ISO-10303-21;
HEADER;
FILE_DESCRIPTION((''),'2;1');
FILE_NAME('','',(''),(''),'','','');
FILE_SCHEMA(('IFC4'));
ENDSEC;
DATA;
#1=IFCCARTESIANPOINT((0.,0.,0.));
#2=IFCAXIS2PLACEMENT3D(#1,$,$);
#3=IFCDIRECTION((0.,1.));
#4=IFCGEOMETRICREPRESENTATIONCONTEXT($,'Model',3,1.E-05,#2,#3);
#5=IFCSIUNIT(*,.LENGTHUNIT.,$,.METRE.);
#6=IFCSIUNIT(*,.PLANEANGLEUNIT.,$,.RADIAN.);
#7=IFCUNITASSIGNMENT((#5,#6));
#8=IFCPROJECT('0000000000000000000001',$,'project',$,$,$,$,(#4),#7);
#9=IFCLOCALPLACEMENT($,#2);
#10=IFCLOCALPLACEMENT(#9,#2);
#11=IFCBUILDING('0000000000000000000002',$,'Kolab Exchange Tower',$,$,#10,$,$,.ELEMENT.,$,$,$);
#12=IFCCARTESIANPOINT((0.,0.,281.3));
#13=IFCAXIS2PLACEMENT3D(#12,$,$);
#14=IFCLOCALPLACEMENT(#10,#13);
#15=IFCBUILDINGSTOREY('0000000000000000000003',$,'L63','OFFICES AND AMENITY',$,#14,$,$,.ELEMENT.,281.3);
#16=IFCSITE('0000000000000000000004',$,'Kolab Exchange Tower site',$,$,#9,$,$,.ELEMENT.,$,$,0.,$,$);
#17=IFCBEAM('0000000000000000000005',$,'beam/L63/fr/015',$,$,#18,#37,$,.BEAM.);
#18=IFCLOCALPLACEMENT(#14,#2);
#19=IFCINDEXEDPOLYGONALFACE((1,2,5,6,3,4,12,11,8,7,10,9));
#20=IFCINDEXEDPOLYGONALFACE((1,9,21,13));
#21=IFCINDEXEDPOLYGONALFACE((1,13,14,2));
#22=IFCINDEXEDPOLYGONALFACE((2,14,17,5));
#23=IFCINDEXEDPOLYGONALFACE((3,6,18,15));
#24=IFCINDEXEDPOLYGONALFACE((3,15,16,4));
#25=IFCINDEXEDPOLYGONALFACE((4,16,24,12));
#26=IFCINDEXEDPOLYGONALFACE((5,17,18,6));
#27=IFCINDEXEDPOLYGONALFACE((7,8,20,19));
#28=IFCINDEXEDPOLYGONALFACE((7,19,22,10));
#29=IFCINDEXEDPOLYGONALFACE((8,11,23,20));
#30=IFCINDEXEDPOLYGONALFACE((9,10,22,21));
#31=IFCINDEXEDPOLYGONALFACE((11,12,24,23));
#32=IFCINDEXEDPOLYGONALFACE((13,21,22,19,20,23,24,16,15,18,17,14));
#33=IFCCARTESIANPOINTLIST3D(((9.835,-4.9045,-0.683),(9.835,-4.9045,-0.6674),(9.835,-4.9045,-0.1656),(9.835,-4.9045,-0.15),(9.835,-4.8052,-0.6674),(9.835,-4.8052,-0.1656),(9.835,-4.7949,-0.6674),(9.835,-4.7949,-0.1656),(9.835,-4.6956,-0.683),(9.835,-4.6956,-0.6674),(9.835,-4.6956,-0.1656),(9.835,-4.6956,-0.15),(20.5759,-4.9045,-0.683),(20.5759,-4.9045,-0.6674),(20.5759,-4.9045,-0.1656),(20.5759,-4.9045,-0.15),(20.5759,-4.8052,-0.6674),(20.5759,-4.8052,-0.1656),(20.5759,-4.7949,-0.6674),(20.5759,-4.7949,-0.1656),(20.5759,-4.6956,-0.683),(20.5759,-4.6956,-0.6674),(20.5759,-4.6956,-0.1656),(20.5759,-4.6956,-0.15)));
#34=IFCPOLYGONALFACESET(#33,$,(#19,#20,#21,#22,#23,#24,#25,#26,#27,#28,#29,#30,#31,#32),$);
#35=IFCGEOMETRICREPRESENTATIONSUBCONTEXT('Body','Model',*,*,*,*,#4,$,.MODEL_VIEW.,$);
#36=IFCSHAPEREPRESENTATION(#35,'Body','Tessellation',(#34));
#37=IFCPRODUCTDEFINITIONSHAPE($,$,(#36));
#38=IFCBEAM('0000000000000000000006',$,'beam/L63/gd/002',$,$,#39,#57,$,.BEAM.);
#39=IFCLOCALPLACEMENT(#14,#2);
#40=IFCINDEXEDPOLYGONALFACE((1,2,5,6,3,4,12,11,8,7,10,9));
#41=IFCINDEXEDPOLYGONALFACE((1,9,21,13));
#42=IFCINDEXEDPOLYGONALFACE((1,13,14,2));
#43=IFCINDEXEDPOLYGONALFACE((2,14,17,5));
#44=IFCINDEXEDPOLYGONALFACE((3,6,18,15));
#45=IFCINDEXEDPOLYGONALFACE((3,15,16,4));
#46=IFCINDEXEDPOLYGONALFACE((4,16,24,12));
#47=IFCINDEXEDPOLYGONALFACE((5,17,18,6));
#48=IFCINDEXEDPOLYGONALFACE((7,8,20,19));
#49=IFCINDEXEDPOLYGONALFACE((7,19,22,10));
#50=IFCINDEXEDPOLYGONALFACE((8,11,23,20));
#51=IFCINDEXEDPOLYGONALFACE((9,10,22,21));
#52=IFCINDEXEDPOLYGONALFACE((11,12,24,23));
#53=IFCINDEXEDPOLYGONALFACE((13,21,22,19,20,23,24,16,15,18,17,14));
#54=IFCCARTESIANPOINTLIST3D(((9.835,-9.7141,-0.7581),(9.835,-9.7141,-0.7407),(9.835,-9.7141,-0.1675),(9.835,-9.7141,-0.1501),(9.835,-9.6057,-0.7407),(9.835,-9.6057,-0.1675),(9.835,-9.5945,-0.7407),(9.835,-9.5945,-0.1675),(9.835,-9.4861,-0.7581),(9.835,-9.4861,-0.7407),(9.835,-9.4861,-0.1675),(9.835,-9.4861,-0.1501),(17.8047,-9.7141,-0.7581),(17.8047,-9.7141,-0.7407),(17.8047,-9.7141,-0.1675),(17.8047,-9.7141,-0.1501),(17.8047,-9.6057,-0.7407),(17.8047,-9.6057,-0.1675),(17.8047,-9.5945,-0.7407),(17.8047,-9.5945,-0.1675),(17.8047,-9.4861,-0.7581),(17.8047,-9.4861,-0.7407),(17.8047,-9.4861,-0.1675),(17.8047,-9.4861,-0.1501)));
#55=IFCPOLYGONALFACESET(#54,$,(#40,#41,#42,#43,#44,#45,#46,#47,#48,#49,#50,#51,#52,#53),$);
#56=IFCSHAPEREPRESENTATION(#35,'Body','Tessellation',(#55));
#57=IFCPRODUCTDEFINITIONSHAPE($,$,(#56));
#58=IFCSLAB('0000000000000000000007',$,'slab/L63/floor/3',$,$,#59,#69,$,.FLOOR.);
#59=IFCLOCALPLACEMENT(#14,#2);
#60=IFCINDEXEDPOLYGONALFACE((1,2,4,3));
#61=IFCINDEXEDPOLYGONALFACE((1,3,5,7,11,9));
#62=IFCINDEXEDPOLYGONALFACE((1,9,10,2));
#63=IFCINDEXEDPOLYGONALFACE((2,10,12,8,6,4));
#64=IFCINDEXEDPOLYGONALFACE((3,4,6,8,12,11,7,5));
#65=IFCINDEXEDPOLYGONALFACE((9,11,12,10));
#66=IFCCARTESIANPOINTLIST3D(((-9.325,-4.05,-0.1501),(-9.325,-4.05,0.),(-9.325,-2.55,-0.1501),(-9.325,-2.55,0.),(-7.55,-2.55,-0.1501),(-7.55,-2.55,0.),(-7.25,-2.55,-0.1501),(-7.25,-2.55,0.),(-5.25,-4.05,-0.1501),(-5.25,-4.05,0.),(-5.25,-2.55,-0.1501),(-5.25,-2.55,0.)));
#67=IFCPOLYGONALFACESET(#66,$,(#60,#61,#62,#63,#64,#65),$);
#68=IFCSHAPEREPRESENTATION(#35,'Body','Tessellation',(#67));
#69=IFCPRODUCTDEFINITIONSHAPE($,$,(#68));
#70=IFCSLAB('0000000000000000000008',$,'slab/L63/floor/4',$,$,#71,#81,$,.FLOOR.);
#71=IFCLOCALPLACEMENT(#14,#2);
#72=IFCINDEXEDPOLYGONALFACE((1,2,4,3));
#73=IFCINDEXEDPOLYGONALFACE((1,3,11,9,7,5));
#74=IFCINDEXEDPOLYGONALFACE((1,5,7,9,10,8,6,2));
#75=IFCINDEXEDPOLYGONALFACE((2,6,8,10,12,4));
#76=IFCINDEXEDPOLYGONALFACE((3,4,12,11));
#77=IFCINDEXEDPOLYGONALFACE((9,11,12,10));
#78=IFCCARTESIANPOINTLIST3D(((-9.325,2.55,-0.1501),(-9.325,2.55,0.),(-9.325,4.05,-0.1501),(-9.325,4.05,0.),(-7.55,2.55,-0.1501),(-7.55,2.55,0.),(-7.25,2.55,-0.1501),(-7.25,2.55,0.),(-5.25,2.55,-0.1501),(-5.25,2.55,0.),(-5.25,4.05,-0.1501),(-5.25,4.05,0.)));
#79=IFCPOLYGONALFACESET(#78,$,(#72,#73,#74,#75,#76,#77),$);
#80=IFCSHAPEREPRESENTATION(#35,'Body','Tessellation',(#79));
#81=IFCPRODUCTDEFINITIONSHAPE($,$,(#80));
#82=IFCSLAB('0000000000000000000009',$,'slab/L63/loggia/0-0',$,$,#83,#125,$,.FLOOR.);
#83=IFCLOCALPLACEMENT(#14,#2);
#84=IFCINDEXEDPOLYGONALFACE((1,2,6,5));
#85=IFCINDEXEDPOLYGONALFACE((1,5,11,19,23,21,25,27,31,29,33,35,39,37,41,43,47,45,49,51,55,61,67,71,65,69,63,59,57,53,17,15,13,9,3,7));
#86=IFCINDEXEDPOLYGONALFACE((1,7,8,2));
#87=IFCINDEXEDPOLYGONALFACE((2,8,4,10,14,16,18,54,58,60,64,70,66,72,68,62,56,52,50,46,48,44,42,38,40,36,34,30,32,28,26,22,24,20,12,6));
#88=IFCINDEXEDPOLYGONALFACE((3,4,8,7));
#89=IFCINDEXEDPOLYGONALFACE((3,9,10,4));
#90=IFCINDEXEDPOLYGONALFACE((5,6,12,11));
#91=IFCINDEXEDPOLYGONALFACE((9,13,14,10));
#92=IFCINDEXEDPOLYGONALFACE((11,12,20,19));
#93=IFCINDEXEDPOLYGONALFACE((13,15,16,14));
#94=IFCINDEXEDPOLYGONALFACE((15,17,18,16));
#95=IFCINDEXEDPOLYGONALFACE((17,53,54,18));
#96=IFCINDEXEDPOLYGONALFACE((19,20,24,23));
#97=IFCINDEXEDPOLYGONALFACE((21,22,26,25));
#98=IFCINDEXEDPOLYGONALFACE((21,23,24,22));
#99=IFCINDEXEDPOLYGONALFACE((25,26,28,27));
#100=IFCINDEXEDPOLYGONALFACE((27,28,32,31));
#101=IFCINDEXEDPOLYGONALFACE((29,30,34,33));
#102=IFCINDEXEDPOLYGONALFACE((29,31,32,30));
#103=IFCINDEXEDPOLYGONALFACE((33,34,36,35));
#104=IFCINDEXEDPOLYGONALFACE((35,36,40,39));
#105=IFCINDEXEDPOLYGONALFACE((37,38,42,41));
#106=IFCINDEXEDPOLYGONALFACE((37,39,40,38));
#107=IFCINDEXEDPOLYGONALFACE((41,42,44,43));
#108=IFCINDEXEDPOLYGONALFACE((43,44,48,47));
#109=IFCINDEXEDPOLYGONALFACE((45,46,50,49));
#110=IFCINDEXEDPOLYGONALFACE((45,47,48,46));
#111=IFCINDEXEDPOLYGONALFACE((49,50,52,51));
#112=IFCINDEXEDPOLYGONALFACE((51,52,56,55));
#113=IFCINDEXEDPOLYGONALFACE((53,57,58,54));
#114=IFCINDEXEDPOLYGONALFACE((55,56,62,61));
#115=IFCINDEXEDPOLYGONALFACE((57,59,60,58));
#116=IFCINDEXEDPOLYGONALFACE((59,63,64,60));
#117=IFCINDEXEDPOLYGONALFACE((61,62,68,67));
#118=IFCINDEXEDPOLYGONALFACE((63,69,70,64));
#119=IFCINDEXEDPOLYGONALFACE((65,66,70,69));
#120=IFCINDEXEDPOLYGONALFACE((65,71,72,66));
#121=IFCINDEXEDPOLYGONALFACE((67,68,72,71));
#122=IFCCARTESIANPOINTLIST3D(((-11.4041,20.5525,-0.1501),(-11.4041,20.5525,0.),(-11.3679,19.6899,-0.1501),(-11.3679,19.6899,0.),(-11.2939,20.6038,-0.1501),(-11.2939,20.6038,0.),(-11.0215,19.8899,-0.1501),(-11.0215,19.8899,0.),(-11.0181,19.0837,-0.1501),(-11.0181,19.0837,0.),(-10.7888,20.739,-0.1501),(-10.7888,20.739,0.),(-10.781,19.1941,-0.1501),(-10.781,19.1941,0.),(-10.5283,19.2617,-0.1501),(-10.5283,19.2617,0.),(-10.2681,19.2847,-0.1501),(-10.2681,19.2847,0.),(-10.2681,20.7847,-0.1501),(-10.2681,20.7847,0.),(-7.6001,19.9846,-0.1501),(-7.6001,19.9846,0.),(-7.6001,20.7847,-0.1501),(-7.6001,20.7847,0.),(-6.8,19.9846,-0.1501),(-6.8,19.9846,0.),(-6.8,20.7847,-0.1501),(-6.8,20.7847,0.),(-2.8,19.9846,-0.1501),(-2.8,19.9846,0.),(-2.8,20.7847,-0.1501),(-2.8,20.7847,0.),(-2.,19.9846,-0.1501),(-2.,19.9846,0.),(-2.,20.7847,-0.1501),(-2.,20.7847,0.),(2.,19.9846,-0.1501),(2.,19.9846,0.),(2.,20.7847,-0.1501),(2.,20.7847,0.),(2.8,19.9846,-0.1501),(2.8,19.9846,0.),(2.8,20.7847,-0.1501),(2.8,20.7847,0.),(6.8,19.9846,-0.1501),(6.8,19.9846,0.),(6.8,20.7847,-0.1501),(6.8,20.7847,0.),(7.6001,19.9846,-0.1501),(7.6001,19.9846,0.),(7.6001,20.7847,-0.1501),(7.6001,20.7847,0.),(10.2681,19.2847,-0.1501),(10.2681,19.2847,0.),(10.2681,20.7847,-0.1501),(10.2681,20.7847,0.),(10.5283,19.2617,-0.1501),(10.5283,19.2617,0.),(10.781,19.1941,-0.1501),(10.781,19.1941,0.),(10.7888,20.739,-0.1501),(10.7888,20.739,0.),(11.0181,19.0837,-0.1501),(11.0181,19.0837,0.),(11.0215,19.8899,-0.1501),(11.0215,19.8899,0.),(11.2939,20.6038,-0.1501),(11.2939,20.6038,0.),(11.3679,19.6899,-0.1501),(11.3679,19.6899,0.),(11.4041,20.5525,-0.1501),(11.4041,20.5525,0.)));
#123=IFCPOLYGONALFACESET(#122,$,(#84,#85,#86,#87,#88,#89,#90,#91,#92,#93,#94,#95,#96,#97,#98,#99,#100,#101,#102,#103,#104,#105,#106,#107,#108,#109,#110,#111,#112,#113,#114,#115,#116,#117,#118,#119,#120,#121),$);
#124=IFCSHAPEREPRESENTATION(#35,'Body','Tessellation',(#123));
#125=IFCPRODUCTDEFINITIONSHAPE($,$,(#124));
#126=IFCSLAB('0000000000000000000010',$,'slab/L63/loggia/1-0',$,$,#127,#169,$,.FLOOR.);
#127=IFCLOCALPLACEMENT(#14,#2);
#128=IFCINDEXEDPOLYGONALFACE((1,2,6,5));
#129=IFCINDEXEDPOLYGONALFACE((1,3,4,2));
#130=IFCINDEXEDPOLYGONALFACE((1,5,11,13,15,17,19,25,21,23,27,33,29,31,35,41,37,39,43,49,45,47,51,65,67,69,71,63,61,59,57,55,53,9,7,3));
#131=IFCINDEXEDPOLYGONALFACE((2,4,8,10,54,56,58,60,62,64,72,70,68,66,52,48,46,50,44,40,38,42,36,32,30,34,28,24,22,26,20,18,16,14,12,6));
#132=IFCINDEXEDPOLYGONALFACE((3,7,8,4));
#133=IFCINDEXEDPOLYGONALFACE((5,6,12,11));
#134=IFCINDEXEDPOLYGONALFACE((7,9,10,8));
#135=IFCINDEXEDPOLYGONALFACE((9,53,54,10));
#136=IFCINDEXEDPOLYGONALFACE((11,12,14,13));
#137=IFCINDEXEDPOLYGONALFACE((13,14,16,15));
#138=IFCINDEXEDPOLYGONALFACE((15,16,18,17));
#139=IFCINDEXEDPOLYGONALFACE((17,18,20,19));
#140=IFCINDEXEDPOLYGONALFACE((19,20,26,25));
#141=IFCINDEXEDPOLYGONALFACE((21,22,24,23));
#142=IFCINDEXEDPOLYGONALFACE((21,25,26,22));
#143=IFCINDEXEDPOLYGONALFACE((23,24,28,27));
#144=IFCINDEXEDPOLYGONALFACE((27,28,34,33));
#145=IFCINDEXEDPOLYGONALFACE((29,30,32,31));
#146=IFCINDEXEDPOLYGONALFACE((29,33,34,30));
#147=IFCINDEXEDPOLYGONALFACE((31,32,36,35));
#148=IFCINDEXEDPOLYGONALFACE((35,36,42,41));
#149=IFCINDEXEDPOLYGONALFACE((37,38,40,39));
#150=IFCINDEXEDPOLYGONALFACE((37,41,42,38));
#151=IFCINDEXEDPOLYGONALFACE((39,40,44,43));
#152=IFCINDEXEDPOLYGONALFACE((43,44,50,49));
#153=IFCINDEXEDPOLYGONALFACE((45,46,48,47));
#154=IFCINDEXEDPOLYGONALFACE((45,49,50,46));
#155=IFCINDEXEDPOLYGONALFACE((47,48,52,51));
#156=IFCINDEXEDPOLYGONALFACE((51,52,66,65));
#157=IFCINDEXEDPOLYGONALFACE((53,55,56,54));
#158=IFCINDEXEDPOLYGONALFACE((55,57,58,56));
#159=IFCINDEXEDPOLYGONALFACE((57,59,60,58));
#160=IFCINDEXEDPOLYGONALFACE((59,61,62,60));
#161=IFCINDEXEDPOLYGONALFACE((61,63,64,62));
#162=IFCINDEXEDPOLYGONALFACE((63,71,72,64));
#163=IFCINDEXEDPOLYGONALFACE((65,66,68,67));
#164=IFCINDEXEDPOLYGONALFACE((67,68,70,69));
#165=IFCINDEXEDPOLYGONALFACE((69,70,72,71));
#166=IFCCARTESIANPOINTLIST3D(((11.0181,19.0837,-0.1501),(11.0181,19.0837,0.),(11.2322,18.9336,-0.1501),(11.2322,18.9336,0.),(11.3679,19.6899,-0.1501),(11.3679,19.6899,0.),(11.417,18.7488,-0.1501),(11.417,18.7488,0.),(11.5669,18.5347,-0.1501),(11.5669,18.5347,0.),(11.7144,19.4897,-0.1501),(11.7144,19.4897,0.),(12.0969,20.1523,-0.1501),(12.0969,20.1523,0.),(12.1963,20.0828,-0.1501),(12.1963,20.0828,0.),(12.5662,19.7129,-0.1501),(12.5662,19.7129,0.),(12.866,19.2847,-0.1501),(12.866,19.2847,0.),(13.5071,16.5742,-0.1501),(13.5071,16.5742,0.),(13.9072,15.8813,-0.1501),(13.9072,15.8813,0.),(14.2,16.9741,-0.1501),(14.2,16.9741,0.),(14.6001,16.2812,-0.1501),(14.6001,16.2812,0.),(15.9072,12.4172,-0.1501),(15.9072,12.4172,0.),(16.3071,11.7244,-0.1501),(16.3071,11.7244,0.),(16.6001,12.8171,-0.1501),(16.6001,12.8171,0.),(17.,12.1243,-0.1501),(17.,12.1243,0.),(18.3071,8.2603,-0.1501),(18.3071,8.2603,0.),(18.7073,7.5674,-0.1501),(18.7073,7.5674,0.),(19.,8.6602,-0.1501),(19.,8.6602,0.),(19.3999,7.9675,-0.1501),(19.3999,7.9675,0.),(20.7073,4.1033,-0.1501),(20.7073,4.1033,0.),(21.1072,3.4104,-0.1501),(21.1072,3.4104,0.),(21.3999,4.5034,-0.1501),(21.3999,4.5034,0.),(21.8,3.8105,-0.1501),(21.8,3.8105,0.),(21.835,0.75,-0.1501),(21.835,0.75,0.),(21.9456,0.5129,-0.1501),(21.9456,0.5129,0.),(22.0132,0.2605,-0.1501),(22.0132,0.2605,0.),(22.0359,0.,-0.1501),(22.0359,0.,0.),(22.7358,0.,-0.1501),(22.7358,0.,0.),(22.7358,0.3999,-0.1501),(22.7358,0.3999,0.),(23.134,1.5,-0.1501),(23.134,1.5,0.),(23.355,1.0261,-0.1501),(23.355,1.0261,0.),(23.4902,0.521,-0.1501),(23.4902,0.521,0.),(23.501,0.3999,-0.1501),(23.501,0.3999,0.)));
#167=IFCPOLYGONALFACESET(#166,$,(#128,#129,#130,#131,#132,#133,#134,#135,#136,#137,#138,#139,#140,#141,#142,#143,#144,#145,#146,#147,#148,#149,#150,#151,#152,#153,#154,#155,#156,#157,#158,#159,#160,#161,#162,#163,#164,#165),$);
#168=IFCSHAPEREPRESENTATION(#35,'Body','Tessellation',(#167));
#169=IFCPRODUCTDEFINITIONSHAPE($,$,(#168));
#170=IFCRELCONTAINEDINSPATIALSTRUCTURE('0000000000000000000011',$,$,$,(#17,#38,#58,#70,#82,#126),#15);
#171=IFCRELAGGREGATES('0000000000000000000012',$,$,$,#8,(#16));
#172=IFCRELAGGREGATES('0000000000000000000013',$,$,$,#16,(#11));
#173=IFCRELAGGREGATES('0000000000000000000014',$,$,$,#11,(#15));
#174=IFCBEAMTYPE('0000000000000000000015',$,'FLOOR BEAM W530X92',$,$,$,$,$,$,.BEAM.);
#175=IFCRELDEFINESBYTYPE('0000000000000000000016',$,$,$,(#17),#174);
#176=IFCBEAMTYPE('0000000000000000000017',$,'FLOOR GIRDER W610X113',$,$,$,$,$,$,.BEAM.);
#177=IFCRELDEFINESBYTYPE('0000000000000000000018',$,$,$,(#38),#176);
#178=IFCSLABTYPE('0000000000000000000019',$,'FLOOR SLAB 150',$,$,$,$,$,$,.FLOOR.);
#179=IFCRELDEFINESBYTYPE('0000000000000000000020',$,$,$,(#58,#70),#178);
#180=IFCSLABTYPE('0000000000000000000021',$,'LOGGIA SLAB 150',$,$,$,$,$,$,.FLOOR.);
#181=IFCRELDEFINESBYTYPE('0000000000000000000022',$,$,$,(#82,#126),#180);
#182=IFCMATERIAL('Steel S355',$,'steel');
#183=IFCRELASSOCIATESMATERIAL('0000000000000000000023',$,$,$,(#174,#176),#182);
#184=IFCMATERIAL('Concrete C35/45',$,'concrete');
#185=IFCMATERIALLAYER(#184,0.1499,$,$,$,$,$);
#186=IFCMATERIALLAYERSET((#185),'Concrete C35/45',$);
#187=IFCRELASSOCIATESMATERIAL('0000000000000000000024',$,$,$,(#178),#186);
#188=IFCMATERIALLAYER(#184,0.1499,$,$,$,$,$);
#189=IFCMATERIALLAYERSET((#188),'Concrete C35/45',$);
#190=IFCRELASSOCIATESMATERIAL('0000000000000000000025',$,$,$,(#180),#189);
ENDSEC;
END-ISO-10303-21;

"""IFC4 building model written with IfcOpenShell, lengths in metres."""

from ifc_helpers import new_model, si_unit, direction, frame, origin, origin_2d, place, context, subcontext, project, spatial, polyline, i_section, outline, extrude, material, layer, layer_set, material_profile, profile_set, type_object, element, save


model = new_model("IFC4")

# Units and contexts
model_context = context("Model", 3, precision=1e-05, world=origin(), true_north=direction((0.0, 1.0)))
body_context = subcontext(model_context, "Body", "Model", "MODEL_VIEW")
ifc_project = project(units=[si_unit("LENGTHUNIT", "METRE"), si_unit("PLANEANGLEUNIT", "RADIAN")], contexts=[model_context])

# Site, building, storey
site_placement = place(None, origin())
site = spatial("IfcSite", under=ifc_project, at=site_placement, Name="Kolab Exchange Tower site", CompositionType="ELEMENT", RefElevation=0.0)
building_placement = place(site_placement, origin())
building = spatial("IfcBuilding", under=site, at=building_placement, Name="Kolab Exchange Tower", CompositionType="ELEMENT")
storey_placement = place(building_placement, frame((0.0, 0.0, 281.3)))
storey = spatial("IfcBuildingStorey", under=building, at=storey_placement, Name="L63", Description="OFFICES AND AMENITY", CompositionType="ELEMENT", Elevation=281.3)

# Beams
ifc_material_1 = material(Name="Steel S355", Category="steel")
ifc_material_profile_1 = material_profile(ifc_material_1, i_section(OverallWidth=0.209, OverallDepth=0.533, WebThickness=0.0103, FlangeThickness=0.0156, at=origin_2d()), Name="W530X92")
ifc_profile_set_1 = profile_set([ifc_material_profile_1], Name="Steel S355")
beam_type_1 = type_object("IfcBeamType", Name="FLOOR BEAM W530X92", PredefinedType="BEAM", material=ifc_profile_set_1)
beam_1_placement = place(storey_placement, frame((9.835, -4.8, -0.4165), z_axis=(1.0, 0.0, 0.0), x_axis=(0.0, 1.0, 0.0)))
element("IfcBeam", 1, at=beam_1_placement, inside=storey, type_object=beam_type_1, Name="beam/L63/fr/015", PredefinedType="BEAM", context=body_context, shape_type="SweptSolid", body=[
    extrude(i_section(OverallWidth=0.209, OverallDepth=0.533, WebThickness=0.0103, FlangeThickness=0.0156, at=origin_2d()), origin(), (0.0, 0.0, 1.0), 10.741),
])
ifc_material_profile_2 = material_profile(ifc_material_1, i_section(OverallWidth=0.228, OverallDepth=0.6079, WebThickness=0.0112, FlangeThickness=0.0173, at=origin_2d()), Name="W610X113")
ifc_profile_set_2 = profile_set([ifc_material_profile_2], Name="Steel S355")
beam_type_2 = type_object("IfcBeamType", Name="FLOOR GIRDER W610X113", PredefinedType="BEAM", material=ifc_profile_set_2)
beam_2_placement = place(storey_placement, frame((9.835, -9.6001, -0.4541), z_axis=(1.0, 0.0, 0.0), x_axis=(0.0, 1.0, 0.0)))
element("IfcBeam", 2, at=beam_2_placement, inside=storey, type_object=beam_type_2, Name="beam/L63/gd/002", PredefinedType="BEAM", context=body_context, shape_type="SweptSolid", body=[
    extrude(i_section(OverallWidth=0.228, OverallDepth=0.6079, WebThickness=0.0112, FlangeThickness=0.0173, at=origin_2d()), origin(), (0.0, 0.0, 1.0), 7.9697),
])

# Slabs
ifc_material_2 = material(Name="Concrete C35/45", Category="concrete")
ifc_layer_1 = layer(ifc_material_2, 0.1499)
ifc_layer_set_1 = layer_set([ifc_layer_1], Name="Concrete C35/45")
slab_type_1 = type_object("IfcSlabType", Name="FLOOR SLAB 150", PredefinedType="FLOOR", material=ifc_layer_set_1)
slab_1_placement = place(storey_placement, frame((0.0, 0.0, -0.1501)))
element("IfcSlab", 3, at=slab_1_placement, inside=storey, type_object=slab_type_1, Name="slab/L63/floor/3", PredefinedType="FLOOR", context=body_context, shape_type="SweptSolid", body=[
    extrude(outline(polyline([(-7.55, -2.55), (-9.325, -2.55), (-9.325, -4.05), (-5.25, -4.05), (-5.25, -2.55), (-7.25, -2.55), (-7.55, -2.55)])), origin(), (0.0, 0.0, 1.0), 0.1501),
])
slab_2_placement = place(storey_placement, frame((0.0, 0.0, -0.1501)))
element("IfcSlab", 4, at=slab_2_placement, inside=storey, type_object=slab_type_1, Name="slab/L63/floor/4", PredefinedType="FLOOR", context=body_context, shape_type="SweptSolid", body=[
    extrude(outline(polyline([(-9.325, 4.05), (-9.325, 2.55), (-7.55, 2.55), (-7.25, 2.55), (-5.25, 2.55), (-5.25, 4.05), (-9.325, 4.05)])), origin(), (0.0, 0.0, 1.0), 0.1501),
])
ifc_layer_2 = layer(ifc_material_2, 0.1499)
ifc_layer_set_2 = layer_set([ifc_layer_2], Name="Concrete C35/45")
slab_type_2 = type_object("IfcSlabType", Name="LOGGIA SLAB 150", PredefinedType="FLOOR", material=ifc_layer_set_2)
slab_3_placement = place(storey_placement, frame((0.0, 0.0, -0.1501)))
element("IfcSlab", 5, at=slab_3_placement, inside=storey, type_object=slab_type_2, Name="slab/L63/loggia/0-0", PredefinedType="FLOOR", context=body_context, shape_type="SweptSolid", body=[
    extrude(outline(polyline([(11.0181, 19.0837), (11.3679, 19.6899), (11.0215, 19.8899), (11.4041, 20.5525), (11.2939, 20.6038), (10.7888, 20.739), (10.2681, 20.7847), (7.6001, 20.7847), (7.6001, 19.9846), (6.8, 19.9846), (6.8, 20.7847), (2.8, 20.7847), (2.8, 19.9846), (2.0, 19.9846), (2.0, 20.7847), (-2.0, 20.7847), (-2.0, 19.9846), (-2.8, 19.9846), (-2.8, 20.7847), (-6.8, 20.7847), (-6.8, 19.9846), (-7.6001, 19.9846), (-7.6001, 20.7847), (-10.2681, 20.7847), (-10.7888, 20.739), (-11.2939, 20.6038), (-11.4041, 20.5525), (-11.0215, 19.8899), (-11.3679, 19.6899), (-11.0181, 19.0837), (-10.781, 19.1941), (-10.5283, 19.2617), (-10.2681, 19.2847), (10.2681, 19.2847), (10.5283, 19.2617), (10.781, 19.1941), (11.0181, 19.0837)])), origin(), (0.0, 0.0, 1.0), 0.1501),
])
slab_4_placement = place(storey_placement, frame((0.0, 0.0, -0.1501)))
element("IfcSlab", 6, at=slab_4_placement, inside=storey, type_object=slab_type_2, Name="slab/L63/loggia/1-0", PredefinedType="FLOOR", context=body_context, shape_type="SweptSolid", body=[
    extrude(outline(polyline([(22.0359, 0.0), (22.7358, 0.0), (22.7358, 0.3999), (23.501, 0.3999), (23.4902, 0.521), (23.355, 1.0261), (23.134, 1.5), (21.8, 3.8105), (21.1072, 3.4104), (20.7073, 4.1033), (21.3999, 4.5034), (19.3999, 7.9675), (18.7073, 7.5674), (18.3071, 8.2603), (19.0, 8.6602), (17.0, 12.1243), (16.3071, 11.7244), (15.9072, 12.4172), (16.6001, 12.8171), (14.6001, 16.2812), (13.9072, 15.8813), (13.5071, 16.5742), (14.2, 16.9741), (12.866, 19.2847), (12.5662, 19.7129), (12.1963, 20.0828), (12.0969, 20.1523), (11.7144, 19.4897), (11.3679, 19.6899), (11.0181, 19.0837), (11.2322, 18.9336), (11.417, 18.7488), (11.5669, 18.5347), (21.835, 0.75), (21.9456, 0.5129), (22.0132, 0.2605), (22.0359, 0.0)])), origin(), (0.0, 0.0, 1.0), 0.1501),
])

save(model, "model.ifc")
